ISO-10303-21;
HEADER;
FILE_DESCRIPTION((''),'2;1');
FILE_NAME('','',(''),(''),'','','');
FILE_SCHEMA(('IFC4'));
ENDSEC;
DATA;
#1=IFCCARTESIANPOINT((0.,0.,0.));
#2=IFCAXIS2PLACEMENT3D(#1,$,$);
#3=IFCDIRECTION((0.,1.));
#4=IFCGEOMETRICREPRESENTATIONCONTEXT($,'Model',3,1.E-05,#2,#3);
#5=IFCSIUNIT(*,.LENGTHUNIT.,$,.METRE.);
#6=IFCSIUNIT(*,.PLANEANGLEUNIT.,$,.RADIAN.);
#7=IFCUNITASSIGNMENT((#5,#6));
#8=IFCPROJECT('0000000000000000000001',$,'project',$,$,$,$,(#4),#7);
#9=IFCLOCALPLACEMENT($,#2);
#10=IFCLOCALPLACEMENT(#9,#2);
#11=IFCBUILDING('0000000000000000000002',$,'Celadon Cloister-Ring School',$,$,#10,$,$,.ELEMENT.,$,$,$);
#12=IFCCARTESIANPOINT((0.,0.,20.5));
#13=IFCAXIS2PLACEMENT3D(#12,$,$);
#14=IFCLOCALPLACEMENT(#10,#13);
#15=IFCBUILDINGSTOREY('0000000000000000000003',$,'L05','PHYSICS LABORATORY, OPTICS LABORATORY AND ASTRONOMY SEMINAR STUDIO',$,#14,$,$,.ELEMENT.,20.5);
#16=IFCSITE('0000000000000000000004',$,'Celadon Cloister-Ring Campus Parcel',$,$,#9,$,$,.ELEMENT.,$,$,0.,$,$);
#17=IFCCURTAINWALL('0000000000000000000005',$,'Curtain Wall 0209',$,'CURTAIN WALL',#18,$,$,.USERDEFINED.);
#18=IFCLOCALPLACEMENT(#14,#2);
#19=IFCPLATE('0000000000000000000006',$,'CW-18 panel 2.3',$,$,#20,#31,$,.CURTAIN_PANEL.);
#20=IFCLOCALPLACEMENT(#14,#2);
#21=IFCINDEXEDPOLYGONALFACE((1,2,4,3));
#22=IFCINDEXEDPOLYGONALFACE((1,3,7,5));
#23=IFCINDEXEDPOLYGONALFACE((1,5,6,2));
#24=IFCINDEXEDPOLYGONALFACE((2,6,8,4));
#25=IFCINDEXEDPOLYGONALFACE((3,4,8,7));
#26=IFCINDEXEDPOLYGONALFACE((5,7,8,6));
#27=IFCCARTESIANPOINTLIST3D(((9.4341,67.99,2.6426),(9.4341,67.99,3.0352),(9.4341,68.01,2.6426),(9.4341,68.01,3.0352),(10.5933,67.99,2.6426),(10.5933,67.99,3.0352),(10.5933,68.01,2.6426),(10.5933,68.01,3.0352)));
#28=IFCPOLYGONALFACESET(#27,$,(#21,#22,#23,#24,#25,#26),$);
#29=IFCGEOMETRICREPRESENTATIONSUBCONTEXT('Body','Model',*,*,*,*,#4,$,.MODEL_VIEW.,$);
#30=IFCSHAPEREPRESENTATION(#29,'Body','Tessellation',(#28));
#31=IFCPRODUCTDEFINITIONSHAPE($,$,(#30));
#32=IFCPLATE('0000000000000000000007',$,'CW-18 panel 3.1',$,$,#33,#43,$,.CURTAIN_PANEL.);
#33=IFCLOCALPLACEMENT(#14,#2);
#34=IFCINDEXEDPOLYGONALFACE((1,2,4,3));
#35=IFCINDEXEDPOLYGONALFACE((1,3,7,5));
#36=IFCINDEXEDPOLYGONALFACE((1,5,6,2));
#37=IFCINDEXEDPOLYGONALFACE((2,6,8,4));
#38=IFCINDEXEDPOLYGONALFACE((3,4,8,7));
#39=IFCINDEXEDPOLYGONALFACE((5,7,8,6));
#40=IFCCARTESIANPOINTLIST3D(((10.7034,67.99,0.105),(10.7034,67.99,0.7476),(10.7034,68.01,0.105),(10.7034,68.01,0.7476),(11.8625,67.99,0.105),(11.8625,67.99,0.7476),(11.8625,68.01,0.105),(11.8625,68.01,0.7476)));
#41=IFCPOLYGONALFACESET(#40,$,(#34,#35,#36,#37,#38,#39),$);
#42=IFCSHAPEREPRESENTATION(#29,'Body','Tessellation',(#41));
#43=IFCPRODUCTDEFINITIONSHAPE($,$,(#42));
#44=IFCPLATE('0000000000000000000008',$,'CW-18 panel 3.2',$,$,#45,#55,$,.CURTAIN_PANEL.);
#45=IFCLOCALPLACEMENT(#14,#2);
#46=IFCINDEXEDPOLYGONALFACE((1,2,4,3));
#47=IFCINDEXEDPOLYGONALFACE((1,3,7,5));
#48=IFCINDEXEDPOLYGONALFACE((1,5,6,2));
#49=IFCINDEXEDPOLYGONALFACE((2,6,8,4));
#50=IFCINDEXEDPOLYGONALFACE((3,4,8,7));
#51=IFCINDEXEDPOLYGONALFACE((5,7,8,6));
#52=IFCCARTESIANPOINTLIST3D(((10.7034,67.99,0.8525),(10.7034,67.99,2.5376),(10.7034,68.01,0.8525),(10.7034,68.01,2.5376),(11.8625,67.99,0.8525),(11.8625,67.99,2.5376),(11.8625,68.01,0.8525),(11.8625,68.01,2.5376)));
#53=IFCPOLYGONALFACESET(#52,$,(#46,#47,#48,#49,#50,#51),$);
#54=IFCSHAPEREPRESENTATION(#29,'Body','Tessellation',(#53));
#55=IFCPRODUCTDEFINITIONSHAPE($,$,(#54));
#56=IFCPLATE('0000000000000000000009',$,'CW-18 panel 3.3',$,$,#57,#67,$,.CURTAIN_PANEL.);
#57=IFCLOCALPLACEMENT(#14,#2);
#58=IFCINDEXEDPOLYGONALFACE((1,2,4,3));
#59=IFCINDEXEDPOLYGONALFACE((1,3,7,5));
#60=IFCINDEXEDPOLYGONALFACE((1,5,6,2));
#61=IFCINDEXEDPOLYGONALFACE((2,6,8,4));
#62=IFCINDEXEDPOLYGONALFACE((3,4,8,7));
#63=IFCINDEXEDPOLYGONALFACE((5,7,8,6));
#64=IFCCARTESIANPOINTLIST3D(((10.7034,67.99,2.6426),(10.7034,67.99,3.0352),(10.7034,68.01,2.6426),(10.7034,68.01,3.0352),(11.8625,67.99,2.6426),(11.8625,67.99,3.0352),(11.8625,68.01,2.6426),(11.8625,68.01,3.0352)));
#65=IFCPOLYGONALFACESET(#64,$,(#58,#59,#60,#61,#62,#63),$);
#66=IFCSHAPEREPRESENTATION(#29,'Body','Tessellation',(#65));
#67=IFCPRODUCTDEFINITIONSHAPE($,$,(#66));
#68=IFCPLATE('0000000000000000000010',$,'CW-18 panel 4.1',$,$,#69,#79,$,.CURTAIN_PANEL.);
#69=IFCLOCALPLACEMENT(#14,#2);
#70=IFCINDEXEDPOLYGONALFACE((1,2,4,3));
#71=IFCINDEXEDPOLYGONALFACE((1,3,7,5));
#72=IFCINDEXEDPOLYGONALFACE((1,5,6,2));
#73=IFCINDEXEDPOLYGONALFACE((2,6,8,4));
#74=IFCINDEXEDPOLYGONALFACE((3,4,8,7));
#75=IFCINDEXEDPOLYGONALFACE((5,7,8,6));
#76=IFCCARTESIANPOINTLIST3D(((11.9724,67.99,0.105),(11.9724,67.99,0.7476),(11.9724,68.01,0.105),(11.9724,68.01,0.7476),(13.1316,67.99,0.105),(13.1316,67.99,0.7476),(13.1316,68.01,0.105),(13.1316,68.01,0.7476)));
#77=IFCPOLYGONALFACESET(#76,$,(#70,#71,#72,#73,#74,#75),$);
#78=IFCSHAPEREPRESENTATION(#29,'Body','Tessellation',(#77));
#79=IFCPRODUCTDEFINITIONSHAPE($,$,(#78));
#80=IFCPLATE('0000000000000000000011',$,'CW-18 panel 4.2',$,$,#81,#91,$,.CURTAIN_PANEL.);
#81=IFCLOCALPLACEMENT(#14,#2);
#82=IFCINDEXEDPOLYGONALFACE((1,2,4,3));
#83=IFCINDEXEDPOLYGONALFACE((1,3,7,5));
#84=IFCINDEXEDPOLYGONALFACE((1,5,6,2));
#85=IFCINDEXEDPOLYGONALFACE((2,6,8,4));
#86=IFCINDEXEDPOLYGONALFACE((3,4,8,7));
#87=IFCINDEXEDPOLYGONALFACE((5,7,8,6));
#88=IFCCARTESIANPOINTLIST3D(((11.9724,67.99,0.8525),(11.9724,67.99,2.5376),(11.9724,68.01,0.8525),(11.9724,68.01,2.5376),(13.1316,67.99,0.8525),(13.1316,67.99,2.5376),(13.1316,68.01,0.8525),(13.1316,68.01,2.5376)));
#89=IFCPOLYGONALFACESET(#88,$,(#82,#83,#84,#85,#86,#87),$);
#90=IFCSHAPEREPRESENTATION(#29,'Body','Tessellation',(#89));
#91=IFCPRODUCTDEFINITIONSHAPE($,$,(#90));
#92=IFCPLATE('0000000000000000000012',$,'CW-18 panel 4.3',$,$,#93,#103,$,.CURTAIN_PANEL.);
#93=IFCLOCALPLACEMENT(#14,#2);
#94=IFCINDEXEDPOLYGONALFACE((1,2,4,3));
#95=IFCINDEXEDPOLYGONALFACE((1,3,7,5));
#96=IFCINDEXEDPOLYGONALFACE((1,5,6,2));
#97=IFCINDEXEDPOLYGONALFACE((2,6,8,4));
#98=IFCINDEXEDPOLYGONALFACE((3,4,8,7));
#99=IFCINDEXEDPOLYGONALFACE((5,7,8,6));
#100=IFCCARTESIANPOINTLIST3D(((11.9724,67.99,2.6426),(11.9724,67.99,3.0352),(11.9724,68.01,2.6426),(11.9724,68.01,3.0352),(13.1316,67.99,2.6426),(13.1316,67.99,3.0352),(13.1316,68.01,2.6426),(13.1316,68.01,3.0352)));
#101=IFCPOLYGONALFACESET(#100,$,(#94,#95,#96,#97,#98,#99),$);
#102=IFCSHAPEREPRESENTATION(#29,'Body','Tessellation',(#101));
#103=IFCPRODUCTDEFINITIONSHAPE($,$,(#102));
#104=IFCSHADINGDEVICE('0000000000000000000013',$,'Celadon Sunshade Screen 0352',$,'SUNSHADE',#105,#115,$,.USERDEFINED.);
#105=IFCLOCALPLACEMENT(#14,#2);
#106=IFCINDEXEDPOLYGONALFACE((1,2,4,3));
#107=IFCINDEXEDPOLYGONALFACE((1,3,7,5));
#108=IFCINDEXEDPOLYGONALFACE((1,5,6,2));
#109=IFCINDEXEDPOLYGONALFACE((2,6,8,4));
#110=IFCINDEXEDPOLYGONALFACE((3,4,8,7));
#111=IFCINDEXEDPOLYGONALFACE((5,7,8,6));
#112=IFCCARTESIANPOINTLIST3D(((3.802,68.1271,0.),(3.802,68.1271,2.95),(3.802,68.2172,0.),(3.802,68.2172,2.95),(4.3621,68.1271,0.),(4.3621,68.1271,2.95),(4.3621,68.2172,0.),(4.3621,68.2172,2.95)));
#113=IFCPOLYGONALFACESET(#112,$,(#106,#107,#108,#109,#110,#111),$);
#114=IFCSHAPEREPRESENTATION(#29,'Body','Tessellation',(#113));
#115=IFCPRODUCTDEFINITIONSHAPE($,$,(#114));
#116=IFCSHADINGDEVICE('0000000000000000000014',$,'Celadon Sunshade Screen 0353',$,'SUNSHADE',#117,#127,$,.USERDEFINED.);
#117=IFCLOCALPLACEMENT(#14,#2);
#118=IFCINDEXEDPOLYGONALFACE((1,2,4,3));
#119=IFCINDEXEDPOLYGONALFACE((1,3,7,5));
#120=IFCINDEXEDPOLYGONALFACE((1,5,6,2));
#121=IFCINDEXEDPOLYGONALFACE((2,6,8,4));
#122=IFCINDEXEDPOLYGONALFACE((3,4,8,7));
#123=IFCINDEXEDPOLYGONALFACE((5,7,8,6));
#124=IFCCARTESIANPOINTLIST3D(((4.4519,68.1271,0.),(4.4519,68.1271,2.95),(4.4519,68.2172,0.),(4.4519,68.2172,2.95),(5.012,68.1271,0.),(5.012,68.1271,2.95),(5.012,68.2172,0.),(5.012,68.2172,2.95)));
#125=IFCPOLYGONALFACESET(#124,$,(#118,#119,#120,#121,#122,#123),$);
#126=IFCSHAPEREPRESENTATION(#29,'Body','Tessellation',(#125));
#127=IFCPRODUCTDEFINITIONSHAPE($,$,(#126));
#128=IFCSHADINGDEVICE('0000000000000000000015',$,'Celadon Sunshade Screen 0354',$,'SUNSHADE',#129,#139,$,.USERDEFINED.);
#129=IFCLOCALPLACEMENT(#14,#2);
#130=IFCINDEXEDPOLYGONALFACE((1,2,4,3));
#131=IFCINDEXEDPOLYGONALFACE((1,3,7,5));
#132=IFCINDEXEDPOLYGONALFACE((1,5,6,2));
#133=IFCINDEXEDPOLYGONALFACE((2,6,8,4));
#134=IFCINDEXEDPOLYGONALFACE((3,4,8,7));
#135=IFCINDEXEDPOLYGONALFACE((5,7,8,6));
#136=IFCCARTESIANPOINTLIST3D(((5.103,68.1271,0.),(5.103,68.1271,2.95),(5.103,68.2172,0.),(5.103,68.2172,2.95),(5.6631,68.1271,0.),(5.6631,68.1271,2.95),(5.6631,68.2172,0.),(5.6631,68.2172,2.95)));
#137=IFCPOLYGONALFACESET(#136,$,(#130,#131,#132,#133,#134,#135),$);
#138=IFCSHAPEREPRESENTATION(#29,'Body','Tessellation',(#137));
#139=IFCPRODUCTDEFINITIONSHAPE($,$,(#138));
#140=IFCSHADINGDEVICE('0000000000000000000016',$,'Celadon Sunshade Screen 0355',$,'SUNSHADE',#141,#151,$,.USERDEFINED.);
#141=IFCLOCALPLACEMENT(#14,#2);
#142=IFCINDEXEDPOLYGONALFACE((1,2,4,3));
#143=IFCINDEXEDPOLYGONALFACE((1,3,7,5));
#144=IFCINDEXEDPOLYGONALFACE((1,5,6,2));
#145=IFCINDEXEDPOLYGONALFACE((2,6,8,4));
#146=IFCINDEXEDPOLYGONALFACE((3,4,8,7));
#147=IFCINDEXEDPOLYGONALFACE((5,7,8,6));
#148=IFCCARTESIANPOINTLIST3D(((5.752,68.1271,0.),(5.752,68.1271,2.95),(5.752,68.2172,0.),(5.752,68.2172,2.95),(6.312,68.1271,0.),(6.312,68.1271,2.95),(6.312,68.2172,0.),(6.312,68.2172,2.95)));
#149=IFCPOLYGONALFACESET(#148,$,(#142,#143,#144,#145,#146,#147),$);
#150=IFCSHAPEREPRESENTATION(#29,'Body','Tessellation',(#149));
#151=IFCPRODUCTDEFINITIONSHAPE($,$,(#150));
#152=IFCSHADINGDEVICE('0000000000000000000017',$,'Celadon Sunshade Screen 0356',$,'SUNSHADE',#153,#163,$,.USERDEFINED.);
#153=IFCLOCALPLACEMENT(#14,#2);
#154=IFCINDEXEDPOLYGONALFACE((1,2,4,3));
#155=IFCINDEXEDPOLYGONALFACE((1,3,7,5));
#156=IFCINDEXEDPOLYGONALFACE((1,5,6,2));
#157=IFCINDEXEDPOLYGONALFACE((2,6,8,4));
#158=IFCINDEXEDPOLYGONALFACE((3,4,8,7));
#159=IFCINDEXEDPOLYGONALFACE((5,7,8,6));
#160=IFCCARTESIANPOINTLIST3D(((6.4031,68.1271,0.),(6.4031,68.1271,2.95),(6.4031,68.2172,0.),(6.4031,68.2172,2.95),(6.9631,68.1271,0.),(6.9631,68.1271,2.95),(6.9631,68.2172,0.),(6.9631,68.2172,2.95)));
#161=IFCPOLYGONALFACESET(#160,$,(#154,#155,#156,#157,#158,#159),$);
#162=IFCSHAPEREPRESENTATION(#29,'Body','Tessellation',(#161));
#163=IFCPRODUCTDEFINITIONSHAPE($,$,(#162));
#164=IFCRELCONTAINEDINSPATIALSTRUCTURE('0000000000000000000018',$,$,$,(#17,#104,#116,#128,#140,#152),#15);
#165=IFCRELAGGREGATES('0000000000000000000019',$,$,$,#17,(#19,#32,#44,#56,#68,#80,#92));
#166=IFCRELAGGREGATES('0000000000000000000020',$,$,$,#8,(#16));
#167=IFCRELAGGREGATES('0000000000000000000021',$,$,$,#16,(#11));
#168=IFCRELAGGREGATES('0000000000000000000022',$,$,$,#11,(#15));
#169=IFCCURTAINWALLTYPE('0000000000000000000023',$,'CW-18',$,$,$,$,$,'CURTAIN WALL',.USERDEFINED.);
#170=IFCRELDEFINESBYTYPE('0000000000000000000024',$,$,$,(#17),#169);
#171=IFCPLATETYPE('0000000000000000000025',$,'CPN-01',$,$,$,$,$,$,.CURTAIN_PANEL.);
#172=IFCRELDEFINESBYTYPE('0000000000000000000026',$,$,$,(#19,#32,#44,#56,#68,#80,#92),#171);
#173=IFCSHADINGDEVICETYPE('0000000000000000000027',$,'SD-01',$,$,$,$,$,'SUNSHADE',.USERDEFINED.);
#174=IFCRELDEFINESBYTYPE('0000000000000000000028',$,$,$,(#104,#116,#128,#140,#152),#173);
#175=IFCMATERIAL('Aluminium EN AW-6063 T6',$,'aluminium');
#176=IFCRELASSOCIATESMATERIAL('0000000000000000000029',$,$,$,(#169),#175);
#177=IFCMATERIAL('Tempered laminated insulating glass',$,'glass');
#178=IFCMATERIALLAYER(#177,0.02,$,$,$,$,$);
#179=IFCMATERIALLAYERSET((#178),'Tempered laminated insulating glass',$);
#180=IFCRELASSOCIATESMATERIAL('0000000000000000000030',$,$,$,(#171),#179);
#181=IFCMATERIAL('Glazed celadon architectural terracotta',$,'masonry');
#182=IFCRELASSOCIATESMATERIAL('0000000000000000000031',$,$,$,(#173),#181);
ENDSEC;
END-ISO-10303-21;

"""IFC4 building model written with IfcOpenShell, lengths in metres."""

from ifc_helpers import new_model, si_unit, direction, frame, origin, origin_2d, place, context, subcontext, project, spatial, rectangle, extrude, material, layer, layer_set, type_object, element, aggregate, save


model = new_model("IFC4")

# Units and contexts
model_context = context("Model", 3, precision=1e-05, world=origin(), true_north=direction((0.0, 1.0)))
body_context = subcontext(model_context, "Body", "Model", "MODEL_VIEW")
ifc_project = project(units=[si_unit("LENGTHUNIT", "METRE"), si_unit("PLANEANGLEUNIT", "RADIAN")], contexts=[model_context])

# Site, building, storey
site_placement = place(None, origin())
site = spatial("IfcSite", under=ifc_project, at=site_placement, Name="Celadon Cloister-Ring Campus Parcel", CompositionType="ELEMENT", RefElevation=0.0)
building_placement = place(site_placement, origin())
building = spatial("IfcBuilding", under=site, at=building_placement, Name="Celadon Cloister-Ring School", CompositionType="ELEMENT")
storey_placement = place(building_placement, frame((0.0, 0.0, 20.5)))
storey = spatial("IfcBuildingStorey", under=building, at=storey_placement, Name="L05", Description="PHYSICS LABORATORY, OPTICS LABORATORY AND ASTRONOMY SEMINAR STUDIO", CompositionType="ELEMENT", Elevation=20.5)

# Curtain wall, plates
ifc_material_1 = material(Name="Aluminium EN AW-6063 T6", Category="aluminium")
curtain_wall_type = type_object("IfcCurtainWallType", Name="CW-18", ElementType="CURTAIN WALL", PredefinedType="USERDEFINED", material=ifc_material_1)
curtain_wall_placement = place(storey_placement, origin())
curtain_wall = element("IfcCurtainWall", 1, at=curtain_wall_placement, inside=storey, type_object=curtain_wall_type, Name="Curtain Wall 0209", ObjectType="CURTAIN WALL", PredefinedType="USERDEFINED")
ifc_material_2 = material(Name="Tempered laminated insulating glass", Category="glass")
ifc_layer = layer(ifc_material_2, 0.02)
ifc_layer_set = layer_set([ifc_layer], Name="Tempered laminated insulating glass")
plate_type = type_object("IfcPlateType", Name="CPN-01", PredefinedType="CURTAIN_PANEL", material=ifc_layer_set)
plate_1_placement = place(storey_placement, frame((10.0137, 68.0, 2.6426), z_axis=(0.0, 0.0, 1.0), x_axis=(1.0, 0.0, 0.0)))
plate_1 = element("IfcPlate", 2, at=plate_1_placement, type_object=plate_type, Name="CW-18 panel 2.3", PredefinedType="CURTAIN_PANEL", context=body_context, shape_type="SweptSolid", body=[
    extrude(rectangle(XDim=1.1592, YDim=0.02, at=origin_2d()), origin(), (0.0, 0.0, 1.0), 0.3926),
])
plate_2_placement = place(storey_placement, frame((11.283, 68.0, 0.105), z_axis=(0.0, 0.0, 1.0), x_axis=(1.0, 0.0, 0.0)))
plate_2 = element("IfcPlate", 3, at=plate_2_placement, type_object=plate_type, Name="CW-18 panel 3.1", PredefinedType="CURTAIN_PANEL", context=body_context, shape_type="SweptSolid", body=[
    extrude(rectangle(XDim=1.1592, YDim=0.02, at=origin_2d()), origin(), (0.0, 0.0, 1.0), 0.6426),
])
plate_3_placement = place(storey_placement, frame((11.283, 68.0, 0.8525), z_axis=(0.0, 0.0, 1.0), x_axis=(1.0, 0.0, 0.0)))
plate_3 = element("IfcPlate", 4, at=plate_3_placement, type_object=plate_type, Name="CW-18 panel 3.2", PredefinedType="CURTAIN_PANEL", context=body_context, shape_type="SweptSolid", body=[
    extrude(rectangle(XDim=1.1592, YDim=0.02, at=origin_2d()), origin(), (0.0, 0.0, 1.0), 1.6851),
])
plate_4_placement = place(storey_placement, frame((11.283, 68.0, 2.6426), z_axis=(0.0, 0.0, 1.0), x_axis=(1.0, 0.0, 0.0)))
plate_4 = element("IfcPlate", 5, at=plate_4_placement, type_object=plate_type, Name="CW-18 panel 3.3", PredefinedType="CURTAIN_PANEL", context=body_context, shape_type="SweptSolid", body=[
    extrude(rectangle(XDim=1.1592, YDim=0.02, at=origin_2d()), origin(), (0.0, 0.0, 1.0), 0.3926),
])
plate_5_placement = place(storey_placement, frame((12.552, 68.0, 0.105), z_axis=(0.0, 0.0, 1.0), x_axis=(1.0, 0.0, 0.0)))
plate_5 = element("IfcPlate", 6, at=plate_5_placement, type_object=plate_type, Name="CW-18 panel 4.1", PredefinedType="CURTAIN_PANEL", context=body_context, shape_type="SweptSolid", body=[
    extrude(rectangle(XDim=1.1592, YDim=0.02, at=origin_2d()), origin(), (0.0, 0.0, 1.0), 0.6426),
])
plate_6_placement = place(storey_placement, frame((12.552, 68.0, 0.8525), z_axis=(0.0, 0.0, 1.0), x_axis=(1.0, 0.0, 0.0)))
plate_6 = element("IfcPlate", 7, at=plate_6_placement, type_object=plate_type, Name="CW-18 panel 4.2", PredefinedType="CURTAIN_PANEL", context=body_context, shape_type="SweptSolid", body=[
    extrude(rectangle(XDim=1.1592, YDim=0.02, at=origin_2d()), origin(), (0.0, 0.0, 1.0), 1.6851),
])
plate_7_placement = place(storey_placement, frame((12.552, 68.0, 2.6426), z_axis=(0.0, 0.0, 1.0), x_axis=(1.0, 0.0, 0.0)))
plate_7 = element("IfcPlate", 8, at=plate_7_placement, type_object=plate_type, Name="CW-18 panel 4.3", PredefinedType="CURTAIN_PANEL", context=body_context, shape_type="SweptSolid", body=[
    extrude(rectangle(XDim=1.1592, YDim=0.02, at=origin_2d()), origin(), (0.0, 0.0, 1.0), 0.3926),
])
aggregate(curtain_wall, [plate_1, plate_2, plate_3, plate_4, plate_5, plate_6, plate_7])

# Shading devices
ifc_material_3 = material(Name="Glazed celadon architectural terracotta", Category="masonry")
shading_device_type = type_object("IfcShadingDeviceType", Name="SD-01", ElementType="SUNSHADE", PredefinedType="USERDEFINED", material=ifc_material_3)
for number, where, z_axis, x_axis, name in (
    (9, (4.082, 68.1721, 0.0), (0.0, 0.0, 1.0), (1.0, 0.0, 0.0), "Celadon Sunshade Screen 0352"),
    (10, (4.7319, 68.1721, 0.0), (0.0, 0.0, 1.0), (1.0, 0.0, 0.0), "Celadon Sunshade Screen 0353"),
    (11, (5.3831, 68.1721, 0.0), (0.0, 0.0, 1.0), (1.0, 0.0, 0.0), "Celadon Sunshade Screen 0354"),
    (12, (6.032, 68.1721, 0.0), (0.0, 0.0, 1.0), (1.0, 0.0, 0.0), "Celadon Sunshade Screen 0355"),
    (13, (6.6831, 68.1721, 0.0), (0.0, 0.0, 1.0), (1.0, 0.0, 0.0), "Celadon Sunshade Screen 0356"),
):
    element("IfcShadingDevice", number, at=place(storey_placement, frame(where, z_axis=z_axis, x_axis=x_axis)), inside=storey, type_object=shading_device_type, Name=name, ObjectType="SUNSHADE", PredefinedType="USERDEFINED", context=body_context, shape_type="SweptSolid", body=[
        extrude(rectangle(XDim=0.5601, YDim=0.0901, at=origin_2d()), origin(), (0.0, 0.0, 1.0), 2.95),
    ])

save(model, "model.ifc")
